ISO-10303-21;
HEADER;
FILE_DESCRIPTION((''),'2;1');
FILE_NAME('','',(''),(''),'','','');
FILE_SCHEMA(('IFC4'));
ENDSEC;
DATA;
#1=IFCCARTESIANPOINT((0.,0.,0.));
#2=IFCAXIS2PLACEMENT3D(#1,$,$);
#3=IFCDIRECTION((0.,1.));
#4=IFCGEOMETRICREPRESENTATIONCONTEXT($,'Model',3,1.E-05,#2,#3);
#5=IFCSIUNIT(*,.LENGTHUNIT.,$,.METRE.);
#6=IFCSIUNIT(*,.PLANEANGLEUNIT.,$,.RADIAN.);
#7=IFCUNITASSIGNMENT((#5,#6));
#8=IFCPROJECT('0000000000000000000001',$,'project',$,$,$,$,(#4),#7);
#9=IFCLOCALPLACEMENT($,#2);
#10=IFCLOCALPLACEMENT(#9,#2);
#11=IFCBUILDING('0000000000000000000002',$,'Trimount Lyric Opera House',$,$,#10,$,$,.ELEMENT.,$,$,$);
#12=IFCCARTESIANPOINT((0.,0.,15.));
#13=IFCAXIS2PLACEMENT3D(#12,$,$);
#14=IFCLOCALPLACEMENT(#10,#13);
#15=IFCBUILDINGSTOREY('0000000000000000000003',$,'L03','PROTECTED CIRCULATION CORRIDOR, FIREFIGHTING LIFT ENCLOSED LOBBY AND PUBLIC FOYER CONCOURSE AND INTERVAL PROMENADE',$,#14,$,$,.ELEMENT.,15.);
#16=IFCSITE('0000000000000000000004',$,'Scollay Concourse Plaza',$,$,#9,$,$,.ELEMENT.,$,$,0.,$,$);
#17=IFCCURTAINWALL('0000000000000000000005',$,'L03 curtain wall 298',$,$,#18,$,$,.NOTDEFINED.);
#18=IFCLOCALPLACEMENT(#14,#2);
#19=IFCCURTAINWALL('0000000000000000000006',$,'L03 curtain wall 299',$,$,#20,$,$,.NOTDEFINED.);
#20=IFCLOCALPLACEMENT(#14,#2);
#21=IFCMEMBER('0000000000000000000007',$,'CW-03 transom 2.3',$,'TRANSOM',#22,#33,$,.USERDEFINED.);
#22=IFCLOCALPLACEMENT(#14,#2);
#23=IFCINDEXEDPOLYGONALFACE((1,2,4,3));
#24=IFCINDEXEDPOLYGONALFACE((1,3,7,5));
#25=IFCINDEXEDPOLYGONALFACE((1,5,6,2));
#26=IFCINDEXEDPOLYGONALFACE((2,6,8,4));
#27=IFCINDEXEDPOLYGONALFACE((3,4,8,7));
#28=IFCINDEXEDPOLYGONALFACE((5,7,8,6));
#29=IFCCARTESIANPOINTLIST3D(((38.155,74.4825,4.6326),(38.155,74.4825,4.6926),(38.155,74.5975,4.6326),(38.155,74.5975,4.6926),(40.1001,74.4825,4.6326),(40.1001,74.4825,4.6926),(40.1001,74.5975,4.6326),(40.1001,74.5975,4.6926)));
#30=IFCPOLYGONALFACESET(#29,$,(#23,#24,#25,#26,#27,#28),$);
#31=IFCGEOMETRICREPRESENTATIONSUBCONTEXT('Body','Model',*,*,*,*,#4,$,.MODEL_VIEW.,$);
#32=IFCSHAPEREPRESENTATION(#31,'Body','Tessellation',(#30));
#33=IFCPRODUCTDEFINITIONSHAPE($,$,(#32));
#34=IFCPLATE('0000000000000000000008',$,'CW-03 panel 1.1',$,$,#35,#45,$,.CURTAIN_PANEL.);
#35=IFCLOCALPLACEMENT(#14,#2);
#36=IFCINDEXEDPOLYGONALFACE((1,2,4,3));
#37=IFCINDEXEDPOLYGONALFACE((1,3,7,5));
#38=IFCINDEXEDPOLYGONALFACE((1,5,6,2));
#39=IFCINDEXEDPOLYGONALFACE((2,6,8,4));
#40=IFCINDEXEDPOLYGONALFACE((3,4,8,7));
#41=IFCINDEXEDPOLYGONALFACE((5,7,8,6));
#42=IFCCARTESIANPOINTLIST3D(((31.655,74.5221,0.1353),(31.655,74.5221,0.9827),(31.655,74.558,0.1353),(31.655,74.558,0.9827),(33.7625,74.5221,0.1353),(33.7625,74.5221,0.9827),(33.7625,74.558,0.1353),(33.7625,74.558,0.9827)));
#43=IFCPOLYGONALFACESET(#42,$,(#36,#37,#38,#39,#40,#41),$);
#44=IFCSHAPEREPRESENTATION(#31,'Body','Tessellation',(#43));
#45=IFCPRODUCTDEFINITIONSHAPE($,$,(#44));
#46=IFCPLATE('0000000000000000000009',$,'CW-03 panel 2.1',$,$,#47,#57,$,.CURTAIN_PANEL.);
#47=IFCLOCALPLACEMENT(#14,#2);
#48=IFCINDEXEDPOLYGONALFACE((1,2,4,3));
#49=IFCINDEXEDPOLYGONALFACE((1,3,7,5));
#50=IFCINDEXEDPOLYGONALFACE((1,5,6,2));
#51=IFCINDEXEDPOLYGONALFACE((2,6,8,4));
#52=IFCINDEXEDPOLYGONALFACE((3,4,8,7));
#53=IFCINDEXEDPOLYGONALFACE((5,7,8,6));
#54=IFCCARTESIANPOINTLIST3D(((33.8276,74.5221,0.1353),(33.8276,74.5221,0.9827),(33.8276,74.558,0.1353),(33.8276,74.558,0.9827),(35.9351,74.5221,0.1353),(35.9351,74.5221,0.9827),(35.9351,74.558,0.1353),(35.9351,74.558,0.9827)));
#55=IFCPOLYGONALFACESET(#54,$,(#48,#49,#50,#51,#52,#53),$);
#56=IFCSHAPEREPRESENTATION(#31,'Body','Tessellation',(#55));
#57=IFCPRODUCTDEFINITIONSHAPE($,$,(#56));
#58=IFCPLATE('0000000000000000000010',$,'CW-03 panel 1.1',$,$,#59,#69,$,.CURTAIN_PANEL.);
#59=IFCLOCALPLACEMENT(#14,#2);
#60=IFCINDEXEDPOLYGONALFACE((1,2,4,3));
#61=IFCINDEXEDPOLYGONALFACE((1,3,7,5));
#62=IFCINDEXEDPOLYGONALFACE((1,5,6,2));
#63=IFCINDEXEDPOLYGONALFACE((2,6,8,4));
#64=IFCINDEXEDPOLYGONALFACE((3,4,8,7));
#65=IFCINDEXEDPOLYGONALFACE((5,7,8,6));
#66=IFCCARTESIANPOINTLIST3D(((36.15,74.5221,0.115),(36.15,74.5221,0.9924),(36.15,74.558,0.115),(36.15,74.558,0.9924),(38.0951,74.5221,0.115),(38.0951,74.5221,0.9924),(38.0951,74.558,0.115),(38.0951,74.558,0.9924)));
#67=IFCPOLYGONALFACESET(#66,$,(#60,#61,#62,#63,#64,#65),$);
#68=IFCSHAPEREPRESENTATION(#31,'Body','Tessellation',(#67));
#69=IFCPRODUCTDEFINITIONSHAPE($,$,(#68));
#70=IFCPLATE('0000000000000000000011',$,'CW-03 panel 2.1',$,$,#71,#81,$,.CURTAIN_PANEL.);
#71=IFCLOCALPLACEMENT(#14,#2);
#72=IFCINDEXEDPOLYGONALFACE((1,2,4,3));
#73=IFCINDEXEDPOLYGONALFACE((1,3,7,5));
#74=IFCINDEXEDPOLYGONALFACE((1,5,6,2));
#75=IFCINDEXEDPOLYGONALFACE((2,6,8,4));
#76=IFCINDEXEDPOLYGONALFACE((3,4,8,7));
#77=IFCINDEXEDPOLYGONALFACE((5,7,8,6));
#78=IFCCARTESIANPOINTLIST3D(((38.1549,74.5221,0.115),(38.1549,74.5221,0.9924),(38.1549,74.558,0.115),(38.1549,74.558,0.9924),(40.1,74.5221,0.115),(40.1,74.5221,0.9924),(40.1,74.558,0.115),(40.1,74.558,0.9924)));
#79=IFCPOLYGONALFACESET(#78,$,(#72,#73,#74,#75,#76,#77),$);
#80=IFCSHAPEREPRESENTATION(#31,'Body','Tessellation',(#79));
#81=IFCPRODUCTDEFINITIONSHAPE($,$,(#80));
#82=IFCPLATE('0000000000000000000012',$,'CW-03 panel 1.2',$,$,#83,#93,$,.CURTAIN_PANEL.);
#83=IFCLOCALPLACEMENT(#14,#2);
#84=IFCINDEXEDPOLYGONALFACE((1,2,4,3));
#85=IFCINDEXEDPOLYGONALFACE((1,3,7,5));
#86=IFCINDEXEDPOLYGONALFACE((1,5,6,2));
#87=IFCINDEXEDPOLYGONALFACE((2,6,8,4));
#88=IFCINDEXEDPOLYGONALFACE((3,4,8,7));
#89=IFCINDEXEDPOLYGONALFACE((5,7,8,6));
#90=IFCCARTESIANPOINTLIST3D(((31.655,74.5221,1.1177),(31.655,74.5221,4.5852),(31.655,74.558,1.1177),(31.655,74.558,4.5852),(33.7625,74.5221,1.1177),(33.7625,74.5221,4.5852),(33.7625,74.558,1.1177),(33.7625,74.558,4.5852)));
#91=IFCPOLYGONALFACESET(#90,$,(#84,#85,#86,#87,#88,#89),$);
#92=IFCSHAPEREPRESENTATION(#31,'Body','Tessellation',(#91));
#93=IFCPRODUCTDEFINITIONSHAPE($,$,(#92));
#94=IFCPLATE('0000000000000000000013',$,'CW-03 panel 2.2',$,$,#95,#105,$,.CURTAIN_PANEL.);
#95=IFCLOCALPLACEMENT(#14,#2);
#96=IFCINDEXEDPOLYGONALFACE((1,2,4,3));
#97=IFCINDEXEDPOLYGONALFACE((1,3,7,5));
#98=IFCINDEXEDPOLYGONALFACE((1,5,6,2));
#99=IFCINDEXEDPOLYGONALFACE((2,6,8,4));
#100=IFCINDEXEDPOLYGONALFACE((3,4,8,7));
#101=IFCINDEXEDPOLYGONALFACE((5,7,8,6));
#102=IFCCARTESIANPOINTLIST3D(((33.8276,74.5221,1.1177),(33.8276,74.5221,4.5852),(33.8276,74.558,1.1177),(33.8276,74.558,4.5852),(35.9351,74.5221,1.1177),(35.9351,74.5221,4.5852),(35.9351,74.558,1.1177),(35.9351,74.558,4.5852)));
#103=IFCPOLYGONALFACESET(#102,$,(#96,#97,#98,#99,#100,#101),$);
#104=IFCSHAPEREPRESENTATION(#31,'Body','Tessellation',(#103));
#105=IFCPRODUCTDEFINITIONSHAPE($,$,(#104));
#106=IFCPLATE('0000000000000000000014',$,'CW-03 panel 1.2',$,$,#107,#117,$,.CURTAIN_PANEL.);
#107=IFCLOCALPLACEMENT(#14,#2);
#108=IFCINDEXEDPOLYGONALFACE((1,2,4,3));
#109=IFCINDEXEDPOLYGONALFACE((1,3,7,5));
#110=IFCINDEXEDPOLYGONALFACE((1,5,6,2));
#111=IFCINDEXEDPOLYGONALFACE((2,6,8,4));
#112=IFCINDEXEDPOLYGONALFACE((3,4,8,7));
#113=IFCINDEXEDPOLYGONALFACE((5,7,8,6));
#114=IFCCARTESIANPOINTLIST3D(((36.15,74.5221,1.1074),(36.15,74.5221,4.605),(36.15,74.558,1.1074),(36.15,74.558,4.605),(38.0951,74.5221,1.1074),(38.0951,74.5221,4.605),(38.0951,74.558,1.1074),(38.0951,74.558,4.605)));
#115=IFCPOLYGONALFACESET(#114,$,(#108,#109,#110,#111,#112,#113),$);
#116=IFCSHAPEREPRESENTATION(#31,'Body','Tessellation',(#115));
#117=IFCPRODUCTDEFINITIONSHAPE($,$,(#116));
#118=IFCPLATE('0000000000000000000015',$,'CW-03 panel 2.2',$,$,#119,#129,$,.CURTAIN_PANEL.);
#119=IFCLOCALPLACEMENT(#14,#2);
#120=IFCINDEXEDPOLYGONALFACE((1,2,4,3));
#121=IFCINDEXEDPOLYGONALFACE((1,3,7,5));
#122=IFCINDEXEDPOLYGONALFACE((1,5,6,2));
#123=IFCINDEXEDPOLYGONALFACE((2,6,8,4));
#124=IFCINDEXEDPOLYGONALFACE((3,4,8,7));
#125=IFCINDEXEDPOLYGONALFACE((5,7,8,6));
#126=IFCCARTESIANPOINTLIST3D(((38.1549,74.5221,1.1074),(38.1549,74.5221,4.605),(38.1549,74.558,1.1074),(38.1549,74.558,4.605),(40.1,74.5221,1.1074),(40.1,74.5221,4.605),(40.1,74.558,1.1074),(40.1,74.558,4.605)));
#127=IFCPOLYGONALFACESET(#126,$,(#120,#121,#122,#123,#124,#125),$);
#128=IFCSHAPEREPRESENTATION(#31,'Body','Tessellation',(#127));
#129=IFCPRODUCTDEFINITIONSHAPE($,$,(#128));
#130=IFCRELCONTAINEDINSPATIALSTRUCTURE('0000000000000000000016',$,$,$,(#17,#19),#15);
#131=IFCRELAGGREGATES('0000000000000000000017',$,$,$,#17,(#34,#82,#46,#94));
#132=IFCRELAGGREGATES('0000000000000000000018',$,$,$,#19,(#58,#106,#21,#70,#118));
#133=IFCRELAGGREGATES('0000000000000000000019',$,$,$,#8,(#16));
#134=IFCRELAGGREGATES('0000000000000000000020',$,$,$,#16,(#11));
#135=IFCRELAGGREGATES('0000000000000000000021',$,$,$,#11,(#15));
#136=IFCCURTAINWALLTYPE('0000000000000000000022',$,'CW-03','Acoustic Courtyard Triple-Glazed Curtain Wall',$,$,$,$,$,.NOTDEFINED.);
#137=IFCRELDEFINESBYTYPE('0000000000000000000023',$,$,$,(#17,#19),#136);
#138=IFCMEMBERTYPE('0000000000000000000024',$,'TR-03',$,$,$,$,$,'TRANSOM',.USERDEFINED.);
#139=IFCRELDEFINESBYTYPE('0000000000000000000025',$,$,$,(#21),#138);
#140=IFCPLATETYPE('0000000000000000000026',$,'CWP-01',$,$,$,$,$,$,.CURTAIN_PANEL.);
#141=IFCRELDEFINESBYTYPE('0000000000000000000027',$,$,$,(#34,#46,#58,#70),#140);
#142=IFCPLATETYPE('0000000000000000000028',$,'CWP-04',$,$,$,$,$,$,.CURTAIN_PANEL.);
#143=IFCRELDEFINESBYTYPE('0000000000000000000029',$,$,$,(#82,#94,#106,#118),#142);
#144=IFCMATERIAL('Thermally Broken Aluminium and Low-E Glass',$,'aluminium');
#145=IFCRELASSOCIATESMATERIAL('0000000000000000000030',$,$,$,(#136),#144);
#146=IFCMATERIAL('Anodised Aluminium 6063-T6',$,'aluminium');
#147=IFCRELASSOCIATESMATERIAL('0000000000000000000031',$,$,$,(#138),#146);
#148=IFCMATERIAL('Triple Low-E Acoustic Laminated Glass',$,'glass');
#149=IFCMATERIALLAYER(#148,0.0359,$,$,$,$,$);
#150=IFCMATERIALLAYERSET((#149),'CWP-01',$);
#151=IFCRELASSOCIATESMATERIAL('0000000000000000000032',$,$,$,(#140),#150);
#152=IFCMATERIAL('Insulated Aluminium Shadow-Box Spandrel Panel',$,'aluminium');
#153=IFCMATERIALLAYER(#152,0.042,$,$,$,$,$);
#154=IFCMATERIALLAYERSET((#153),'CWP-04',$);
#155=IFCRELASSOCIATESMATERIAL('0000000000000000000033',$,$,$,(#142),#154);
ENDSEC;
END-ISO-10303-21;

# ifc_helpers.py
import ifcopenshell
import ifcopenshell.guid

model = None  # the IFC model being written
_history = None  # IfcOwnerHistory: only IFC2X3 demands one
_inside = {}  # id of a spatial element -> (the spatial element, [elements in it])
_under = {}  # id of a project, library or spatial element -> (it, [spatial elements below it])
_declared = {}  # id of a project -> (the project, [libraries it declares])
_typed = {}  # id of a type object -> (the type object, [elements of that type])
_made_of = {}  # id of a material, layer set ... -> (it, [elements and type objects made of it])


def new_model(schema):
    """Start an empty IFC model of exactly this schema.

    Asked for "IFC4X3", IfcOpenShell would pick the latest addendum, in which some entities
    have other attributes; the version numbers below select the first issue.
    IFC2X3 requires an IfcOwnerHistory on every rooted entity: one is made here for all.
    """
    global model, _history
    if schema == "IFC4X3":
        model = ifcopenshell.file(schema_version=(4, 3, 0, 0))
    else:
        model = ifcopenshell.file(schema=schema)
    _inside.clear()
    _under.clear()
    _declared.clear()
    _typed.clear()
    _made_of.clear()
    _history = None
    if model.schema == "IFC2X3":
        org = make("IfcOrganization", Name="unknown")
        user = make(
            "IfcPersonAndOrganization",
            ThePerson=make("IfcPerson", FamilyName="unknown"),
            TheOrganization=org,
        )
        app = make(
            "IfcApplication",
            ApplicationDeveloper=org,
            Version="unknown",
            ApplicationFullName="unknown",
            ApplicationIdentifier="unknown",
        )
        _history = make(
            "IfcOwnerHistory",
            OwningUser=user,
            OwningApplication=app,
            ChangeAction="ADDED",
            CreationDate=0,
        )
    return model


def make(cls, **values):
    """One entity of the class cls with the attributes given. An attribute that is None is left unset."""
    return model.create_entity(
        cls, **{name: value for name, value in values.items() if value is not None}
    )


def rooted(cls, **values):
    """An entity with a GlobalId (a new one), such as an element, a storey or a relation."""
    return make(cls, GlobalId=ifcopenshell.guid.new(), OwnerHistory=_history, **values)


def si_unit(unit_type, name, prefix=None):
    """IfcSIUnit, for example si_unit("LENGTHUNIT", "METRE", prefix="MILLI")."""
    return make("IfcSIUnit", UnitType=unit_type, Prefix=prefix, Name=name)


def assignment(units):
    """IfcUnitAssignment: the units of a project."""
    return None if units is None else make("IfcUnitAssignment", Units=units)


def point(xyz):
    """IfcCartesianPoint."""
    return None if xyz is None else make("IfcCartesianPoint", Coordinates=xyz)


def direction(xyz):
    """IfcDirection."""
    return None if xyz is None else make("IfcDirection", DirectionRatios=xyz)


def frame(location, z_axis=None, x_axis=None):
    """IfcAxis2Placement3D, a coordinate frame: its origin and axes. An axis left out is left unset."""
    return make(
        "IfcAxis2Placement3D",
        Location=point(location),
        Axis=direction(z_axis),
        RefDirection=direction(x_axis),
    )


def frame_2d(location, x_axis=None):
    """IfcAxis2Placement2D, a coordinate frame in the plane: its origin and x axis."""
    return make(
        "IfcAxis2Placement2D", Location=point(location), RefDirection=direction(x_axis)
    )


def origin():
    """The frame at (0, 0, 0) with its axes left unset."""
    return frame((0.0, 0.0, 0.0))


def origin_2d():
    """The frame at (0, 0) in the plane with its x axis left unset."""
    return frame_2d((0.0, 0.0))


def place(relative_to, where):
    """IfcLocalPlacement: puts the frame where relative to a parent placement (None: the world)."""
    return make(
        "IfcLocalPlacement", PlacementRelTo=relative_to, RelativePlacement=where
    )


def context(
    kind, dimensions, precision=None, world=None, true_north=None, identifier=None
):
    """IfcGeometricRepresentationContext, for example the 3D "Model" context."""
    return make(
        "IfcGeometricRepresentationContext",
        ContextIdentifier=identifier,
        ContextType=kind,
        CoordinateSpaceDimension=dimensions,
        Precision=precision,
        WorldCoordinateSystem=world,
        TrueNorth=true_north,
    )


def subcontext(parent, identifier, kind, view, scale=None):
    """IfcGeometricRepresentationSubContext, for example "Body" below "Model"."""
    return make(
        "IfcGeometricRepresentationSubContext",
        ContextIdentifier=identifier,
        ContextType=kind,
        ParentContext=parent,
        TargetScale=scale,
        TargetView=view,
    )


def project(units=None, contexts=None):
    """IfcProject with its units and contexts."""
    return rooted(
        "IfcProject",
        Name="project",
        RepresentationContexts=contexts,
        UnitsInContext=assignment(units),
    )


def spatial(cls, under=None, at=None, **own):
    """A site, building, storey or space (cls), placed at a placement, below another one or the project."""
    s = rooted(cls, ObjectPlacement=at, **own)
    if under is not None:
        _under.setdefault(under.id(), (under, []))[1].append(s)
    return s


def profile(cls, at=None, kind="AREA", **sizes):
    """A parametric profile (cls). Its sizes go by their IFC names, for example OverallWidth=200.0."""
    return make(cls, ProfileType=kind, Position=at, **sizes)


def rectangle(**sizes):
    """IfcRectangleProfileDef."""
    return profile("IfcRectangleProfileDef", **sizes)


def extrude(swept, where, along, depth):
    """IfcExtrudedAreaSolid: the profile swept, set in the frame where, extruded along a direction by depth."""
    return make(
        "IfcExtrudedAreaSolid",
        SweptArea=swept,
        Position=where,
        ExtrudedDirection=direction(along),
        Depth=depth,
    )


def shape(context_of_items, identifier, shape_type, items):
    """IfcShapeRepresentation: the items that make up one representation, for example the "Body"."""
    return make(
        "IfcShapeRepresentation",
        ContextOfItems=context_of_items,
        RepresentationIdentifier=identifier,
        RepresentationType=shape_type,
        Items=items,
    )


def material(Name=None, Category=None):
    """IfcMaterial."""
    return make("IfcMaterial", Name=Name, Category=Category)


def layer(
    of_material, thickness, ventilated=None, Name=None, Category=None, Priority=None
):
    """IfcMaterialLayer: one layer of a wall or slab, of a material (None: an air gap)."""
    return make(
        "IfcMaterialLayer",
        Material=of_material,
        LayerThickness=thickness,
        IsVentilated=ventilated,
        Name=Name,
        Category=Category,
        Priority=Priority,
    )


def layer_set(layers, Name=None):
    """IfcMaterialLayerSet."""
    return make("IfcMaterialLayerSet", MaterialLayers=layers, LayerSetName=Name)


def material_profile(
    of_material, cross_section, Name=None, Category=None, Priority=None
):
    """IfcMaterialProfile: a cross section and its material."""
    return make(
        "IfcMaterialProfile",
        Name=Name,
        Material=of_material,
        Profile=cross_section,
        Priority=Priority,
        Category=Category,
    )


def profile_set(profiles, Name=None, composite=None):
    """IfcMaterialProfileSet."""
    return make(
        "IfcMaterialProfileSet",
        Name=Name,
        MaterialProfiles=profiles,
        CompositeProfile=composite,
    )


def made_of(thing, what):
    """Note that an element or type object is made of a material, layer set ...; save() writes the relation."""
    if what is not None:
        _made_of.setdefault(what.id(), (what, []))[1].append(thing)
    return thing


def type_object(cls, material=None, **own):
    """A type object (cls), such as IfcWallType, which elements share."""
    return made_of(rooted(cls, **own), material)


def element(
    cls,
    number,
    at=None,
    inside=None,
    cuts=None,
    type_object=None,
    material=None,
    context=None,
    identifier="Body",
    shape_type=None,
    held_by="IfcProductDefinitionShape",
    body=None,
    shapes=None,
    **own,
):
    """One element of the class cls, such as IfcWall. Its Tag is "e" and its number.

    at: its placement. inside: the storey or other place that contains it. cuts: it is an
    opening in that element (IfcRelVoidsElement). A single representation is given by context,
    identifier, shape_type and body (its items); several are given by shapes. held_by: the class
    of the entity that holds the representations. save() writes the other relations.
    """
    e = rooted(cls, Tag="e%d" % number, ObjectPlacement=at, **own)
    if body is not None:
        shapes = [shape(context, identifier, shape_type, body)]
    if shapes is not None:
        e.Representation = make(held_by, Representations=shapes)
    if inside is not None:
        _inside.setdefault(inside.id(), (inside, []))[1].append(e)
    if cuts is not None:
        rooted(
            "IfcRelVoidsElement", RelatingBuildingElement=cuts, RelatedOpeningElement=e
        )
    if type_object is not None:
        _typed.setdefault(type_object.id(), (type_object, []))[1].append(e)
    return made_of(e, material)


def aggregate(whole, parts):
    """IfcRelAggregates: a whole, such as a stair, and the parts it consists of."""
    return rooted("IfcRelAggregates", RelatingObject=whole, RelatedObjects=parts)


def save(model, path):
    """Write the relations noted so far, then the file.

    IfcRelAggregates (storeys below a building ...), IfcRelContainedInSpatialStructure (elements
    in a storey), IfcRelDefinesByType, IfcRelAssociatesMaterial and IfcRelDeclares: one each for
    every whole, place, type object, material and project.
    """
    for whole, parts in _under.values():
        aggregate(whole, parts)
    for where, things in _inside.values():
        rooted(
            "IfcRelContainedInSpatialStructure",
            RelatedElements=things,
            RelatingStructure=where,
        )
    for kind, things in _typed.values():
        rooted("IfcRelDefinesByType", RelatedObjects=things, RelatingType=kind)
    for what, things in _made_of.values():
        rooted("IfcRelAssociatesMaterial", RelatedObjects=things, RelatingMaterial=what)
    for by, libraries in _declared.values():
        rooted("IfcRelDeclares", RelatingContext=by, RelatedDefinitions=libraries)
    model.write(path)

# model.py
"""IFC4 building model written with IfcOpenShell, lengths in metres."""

from ifc_helpers import new_model, si_unit, direction, frame, origin, origin_2d, place, context, subcontext, project, spatial, rectangle, extrude, material, layer, layer_set, material_profile, profile_set, type_object, element, aggregate, save


model = new_model("IFC4")

# Units and contexts
model_context = context("Model", 3, precision=1e-05, world=origin(), true_north=direction((0.0, 1.0)))
body_context = subcontext(model_context, "Body", "Model", "MODEL_VIEW")
ifc_project = project(units=[si_unit("LENGTHUNIT", "METRE"), si_unit("PLANEANGLEUNIT", "RADIAN")], contexts=[model_context])

# Site, building, storey
site_placement = place(None, origin())
site = spatial("IfcSite", under=ifc_project, at=site_placement, Name="Scollay Concourse Plaza", CompositionType="ELEMENT", RefElevation=0.0)
building_placement = place(site_placement, origin())
building = spatial("IfcBuilding", under=site, at=building_placement, Name="Trimount Lyric Opera House", CompositionType="ELEMENT")
storey_placement = place(building_placement, frame((0.0, 0.0, 15.0)))
storey = spatial("IfcBuildingStorey", under=building, at=storey_placement, Name="L03", Description="PROTECTED CIRCULATION CORRIDOR, FIREFIGHTING LIFT ENCLOSED LOBBY AND PUBLIC FOYER CONCOURSE AND INTERVAL PROMENADE", CompositionType="ELEMENT", Elevation=15.0)

# Curtain walls
ifc_material_1 = material(Name="Thermally Broken Aluminium and Low-E Glass", Category="aluminium")
curtain_wall_type = type_object("IfcCurtainWallType", Name="CW-03", Description="Acoustic Courtyard Triple-Glazed Curtain Wall", PredefinedType="NOTDEFINED", material=ifc_material_1)
curtain_wall_1_placement = place(storey_placement, origin())
curtain_wall_1 = element("IfcCurtainWall", 1, at=curtain_wall_1_placement, inside=storey, type_object=curtain_wall_type, Name="L03 curtain wall 298", PredefinedType="NOTDEFINED")
curtain_wall_2_placement = place(storey_placement, origin())
curtain_wall_2 = element("IfcCurtainWall", 2, at=curtain_wall_2_placement, inside=storey, type_object=curtain_wall_type, Name="L03 curtain wall 299", PredefinedType="NOTDEFINED")

# Member
ifc_material_2 = material(Name="Anodised Aluminium 6063-T6", Category="aluminium")
ifc_material_profile_1 = material_profile(ifc_material_2, rectangle(XDim=0.115, YDim=0.0601, at=origin_2d()), Name="ALU-TRAN-60X115")
ifc_profile_set_1 = profile_set([ifc_material_profile_1], Name="Anodised Aluminium 6063-T6")
member_type_1 = type_object("IfcMemberType", Name="TR-03", ElementType="TRANSOM", PredefinedType="USERDEFINED", material=ifc_profile_set_1)
member_1_placement = place(storey_placement, frame((38.155, 74.54, 4.6626), z_axis=(1.0, 0.0, 0.0), x_axis=(0.0, 1.0, 0.0)))
member_1 = element("IfcMember", 3, at=member_1_placement, type_object=member_type_1, Name="CW-03 transom 2.3", ObjectType="TRANSOM", PredefinedType="USERDEFINED", context=body_context, shape_type="SweptSolid", body=[
    extrude(rectangle(XDim=0.115, YDim=0.0601, at=origin_2d()), origin(), (0.0, 0.0, 1.0), 1.9451),
])

# Plates
ifc_material_3 = material(Name="Triple Low-E Acoustic Laminated Glass", Category="glass")
ifc_layer_1 = layer(ifc_material_3, 0.0359)
ifc_layer_set_1 = layer_set([ifc_layer_1], Name="CWP-01")
plate_type_1 = type_object("IfcPlateType", Name="CWP-01", PredefinedType="CURTAIN_PANEL", material=ifc_layer_set_1)
plate_1_placement = place(storey_placement, frame((32.7087, 74.54, 0.1353), z_axis=(0.0, 0.0, 1.0), x_axis=(1.0, 0.0, 0.0)))
plate_1 = element("IfcPlate", 4, at=plate_1_placement, type_object=plate_type_1, Name="CW-03 panel 1.1", PredefinedType="CURTAIN_PANEL", context=body_context, shape_type="SweptSolid", body=[
    extrude(rectangle(XDim=2.1074, YDim=0.0359, at=origin_2d()), origin(), (0.0, 0.0, 1.0), 0.8474),
])
plate_2_placement = place(storey_placement, frame((34.8813, 74.54, 0.1353), z_axis=(0.0, 0.0, 1.0), x_axis=(1.0, 0.0, 0.0)))
plate_2 = element("IfcPlate", 5, at=plate_2_placement, type_object=plate_type_1, Name="CW-03 panel 2.1", PredefinedType="CURTAIN_PANEL", context=body_context, shape_type="SweptSolid", body=[
    extrude(rectangle(XDim=2.1074, YDim=0.0359, at=origin_2d()), origin(), (0.0, 0.0, 1.0), 0.8474),
])
plate_3_placement = place(storey_placement, frame((37.1226, 74.54, 0.115), z_axis=(0.0, 0.0, 1.0), x_axis=(1.0, 0.0, 0.0)))
plate_3 = element("IfcPlate", 6, at=plate_3_placement, type_object=plate_type_1, Name="CW-03 panel 1.1", PredefinedType="CURTAIN_PANEL", context=body_context, shape_type="SweptSolid", body=[
    extrude(rectangle(XDim=1.9451, YDim=0.0359, at=origin_2d()), origin(), (0.0, 0.0, 1.0), 0.8774),
])
plate_4_placement = place(storey_placement, frame((39.1274, 74.54, 0.115), z_axis=(0.0, 0.0, 1.0), x_axis=(1.0, 0.0, 0.0)))
plate_4 = element("IfcPlate", 7, at=plate_4_placement, type_object=plate_type_1, Name="CW-03 panel 2.1", PredefinedType="CURTAIN_PANEL", context=body_context, shape_type="SweptSolid", body=[
    extrude(rectangle(XDim=1.9451, YDim=0.0359, at=origin_2d()), origin(), (0.0, 0.0, 1.0), 0.8774),
])
ifc_material_4 = material(Name="Insulated Aluminium Shadow-Box Spandrel Panel", Category="aluminium")
ifc_layer_2 = layer(ifc_material_4, 0.042)
ifc_layer_set_2 = layer_set([ifc_layer_2], Name="CWP-04")
plate_type_2 = type_object("IfcPlateType", Name="CWP-04", PredefinedType="CURTAIN_PANEL", material=ifc_layer_set_2)
plate_5_placement = place(storey_placement, frame((32.7087, 74.54, 1.1177), z_axis=(0.0, 0.0, 1.0), x_axis=(1.0, 0.0, 0.0)))
plate_5 = element("IfcPlate", 8, at=plate_5_placement, type_object=plate_type_2, Name="CW-03 panel 1.2", PredefinedType="CURTAIN_PANEL", context=body_context, shape_type="SweptSolid", body=[
    extrude(rectangle(XDim=2.1074, YDim=0.0359, at=origin_2d()), origin(), (0.0, 0.0, 1.0), 3.4675),
])
plate_6_placement = place(storey_placement, frame((34.8813, 74.54, 1.1177), z_axis=(0.0, 0.0, 1.0), x_axis=(1.0, 0.0, 0.0)))
plate_6 = element("IfcPlate", 9, at=plate_6_placement, type_object=plate_type_2, Name="CW-03 panel 2.2", PredefinedType="CURTAIN_PANEL", context=body_context, shape_type="SweptSolid", body=[
    extrude(rectangle(XDim=2.1074, YDim=0.0359, at=origin_2d()), origin(), (0.0, 0.0, 1.0), 3.4675),
])
aggregate(curtain_wall_1, [plate_1, plate_5, plate_2, plate_6])
plate_7_placement = place(storey_placement, frame((37.1226, 74.54, 1.1074), z_axis=(0.0, 0.0, 1.0), x_axis=(1.0, 0.0, 0.0)))
plate_7 = element("IfcPlate", 10, at=plate_7_placement, type_object=plate_type_2, Name="CW-03 panel 1.2", PredefinedType="CURTAIN_PANEL", context=body_context, shape_type="SweptSolid", body=[
    extrude(rectangle(XDim=1.9451, YDim=0.0359, at=origin_2d()), origin(), (0.0, 0.0, 1.0), 3.4976),
])
plate_8_placement = place(storey_placement, frame((39.1274, 74.54, 1.1074), z_axis=(0.0, 0.0, 1.0), x_axis=(1.0, 0.0, 0.0)))
plate_8 = element("IfcPlate", 11, at=plate_8_placement, type_object=plate_type_2, Name="CW-03 panel 2.2", PredefinedType="CURTAIN_PANEL", context=body_context, shape_type="SweptSolid", body=[
    extrude(rectangle(XDim=1.9451, YDim=0.0359, at=origin_2d()), origin(), (0.0, 0.0, 1.0), 3.4976),
])
aggregate(curtain_wall_2, [plate_3, plate_7, member_1, plate_4, plate_8])

save(model, "model.ifc")
